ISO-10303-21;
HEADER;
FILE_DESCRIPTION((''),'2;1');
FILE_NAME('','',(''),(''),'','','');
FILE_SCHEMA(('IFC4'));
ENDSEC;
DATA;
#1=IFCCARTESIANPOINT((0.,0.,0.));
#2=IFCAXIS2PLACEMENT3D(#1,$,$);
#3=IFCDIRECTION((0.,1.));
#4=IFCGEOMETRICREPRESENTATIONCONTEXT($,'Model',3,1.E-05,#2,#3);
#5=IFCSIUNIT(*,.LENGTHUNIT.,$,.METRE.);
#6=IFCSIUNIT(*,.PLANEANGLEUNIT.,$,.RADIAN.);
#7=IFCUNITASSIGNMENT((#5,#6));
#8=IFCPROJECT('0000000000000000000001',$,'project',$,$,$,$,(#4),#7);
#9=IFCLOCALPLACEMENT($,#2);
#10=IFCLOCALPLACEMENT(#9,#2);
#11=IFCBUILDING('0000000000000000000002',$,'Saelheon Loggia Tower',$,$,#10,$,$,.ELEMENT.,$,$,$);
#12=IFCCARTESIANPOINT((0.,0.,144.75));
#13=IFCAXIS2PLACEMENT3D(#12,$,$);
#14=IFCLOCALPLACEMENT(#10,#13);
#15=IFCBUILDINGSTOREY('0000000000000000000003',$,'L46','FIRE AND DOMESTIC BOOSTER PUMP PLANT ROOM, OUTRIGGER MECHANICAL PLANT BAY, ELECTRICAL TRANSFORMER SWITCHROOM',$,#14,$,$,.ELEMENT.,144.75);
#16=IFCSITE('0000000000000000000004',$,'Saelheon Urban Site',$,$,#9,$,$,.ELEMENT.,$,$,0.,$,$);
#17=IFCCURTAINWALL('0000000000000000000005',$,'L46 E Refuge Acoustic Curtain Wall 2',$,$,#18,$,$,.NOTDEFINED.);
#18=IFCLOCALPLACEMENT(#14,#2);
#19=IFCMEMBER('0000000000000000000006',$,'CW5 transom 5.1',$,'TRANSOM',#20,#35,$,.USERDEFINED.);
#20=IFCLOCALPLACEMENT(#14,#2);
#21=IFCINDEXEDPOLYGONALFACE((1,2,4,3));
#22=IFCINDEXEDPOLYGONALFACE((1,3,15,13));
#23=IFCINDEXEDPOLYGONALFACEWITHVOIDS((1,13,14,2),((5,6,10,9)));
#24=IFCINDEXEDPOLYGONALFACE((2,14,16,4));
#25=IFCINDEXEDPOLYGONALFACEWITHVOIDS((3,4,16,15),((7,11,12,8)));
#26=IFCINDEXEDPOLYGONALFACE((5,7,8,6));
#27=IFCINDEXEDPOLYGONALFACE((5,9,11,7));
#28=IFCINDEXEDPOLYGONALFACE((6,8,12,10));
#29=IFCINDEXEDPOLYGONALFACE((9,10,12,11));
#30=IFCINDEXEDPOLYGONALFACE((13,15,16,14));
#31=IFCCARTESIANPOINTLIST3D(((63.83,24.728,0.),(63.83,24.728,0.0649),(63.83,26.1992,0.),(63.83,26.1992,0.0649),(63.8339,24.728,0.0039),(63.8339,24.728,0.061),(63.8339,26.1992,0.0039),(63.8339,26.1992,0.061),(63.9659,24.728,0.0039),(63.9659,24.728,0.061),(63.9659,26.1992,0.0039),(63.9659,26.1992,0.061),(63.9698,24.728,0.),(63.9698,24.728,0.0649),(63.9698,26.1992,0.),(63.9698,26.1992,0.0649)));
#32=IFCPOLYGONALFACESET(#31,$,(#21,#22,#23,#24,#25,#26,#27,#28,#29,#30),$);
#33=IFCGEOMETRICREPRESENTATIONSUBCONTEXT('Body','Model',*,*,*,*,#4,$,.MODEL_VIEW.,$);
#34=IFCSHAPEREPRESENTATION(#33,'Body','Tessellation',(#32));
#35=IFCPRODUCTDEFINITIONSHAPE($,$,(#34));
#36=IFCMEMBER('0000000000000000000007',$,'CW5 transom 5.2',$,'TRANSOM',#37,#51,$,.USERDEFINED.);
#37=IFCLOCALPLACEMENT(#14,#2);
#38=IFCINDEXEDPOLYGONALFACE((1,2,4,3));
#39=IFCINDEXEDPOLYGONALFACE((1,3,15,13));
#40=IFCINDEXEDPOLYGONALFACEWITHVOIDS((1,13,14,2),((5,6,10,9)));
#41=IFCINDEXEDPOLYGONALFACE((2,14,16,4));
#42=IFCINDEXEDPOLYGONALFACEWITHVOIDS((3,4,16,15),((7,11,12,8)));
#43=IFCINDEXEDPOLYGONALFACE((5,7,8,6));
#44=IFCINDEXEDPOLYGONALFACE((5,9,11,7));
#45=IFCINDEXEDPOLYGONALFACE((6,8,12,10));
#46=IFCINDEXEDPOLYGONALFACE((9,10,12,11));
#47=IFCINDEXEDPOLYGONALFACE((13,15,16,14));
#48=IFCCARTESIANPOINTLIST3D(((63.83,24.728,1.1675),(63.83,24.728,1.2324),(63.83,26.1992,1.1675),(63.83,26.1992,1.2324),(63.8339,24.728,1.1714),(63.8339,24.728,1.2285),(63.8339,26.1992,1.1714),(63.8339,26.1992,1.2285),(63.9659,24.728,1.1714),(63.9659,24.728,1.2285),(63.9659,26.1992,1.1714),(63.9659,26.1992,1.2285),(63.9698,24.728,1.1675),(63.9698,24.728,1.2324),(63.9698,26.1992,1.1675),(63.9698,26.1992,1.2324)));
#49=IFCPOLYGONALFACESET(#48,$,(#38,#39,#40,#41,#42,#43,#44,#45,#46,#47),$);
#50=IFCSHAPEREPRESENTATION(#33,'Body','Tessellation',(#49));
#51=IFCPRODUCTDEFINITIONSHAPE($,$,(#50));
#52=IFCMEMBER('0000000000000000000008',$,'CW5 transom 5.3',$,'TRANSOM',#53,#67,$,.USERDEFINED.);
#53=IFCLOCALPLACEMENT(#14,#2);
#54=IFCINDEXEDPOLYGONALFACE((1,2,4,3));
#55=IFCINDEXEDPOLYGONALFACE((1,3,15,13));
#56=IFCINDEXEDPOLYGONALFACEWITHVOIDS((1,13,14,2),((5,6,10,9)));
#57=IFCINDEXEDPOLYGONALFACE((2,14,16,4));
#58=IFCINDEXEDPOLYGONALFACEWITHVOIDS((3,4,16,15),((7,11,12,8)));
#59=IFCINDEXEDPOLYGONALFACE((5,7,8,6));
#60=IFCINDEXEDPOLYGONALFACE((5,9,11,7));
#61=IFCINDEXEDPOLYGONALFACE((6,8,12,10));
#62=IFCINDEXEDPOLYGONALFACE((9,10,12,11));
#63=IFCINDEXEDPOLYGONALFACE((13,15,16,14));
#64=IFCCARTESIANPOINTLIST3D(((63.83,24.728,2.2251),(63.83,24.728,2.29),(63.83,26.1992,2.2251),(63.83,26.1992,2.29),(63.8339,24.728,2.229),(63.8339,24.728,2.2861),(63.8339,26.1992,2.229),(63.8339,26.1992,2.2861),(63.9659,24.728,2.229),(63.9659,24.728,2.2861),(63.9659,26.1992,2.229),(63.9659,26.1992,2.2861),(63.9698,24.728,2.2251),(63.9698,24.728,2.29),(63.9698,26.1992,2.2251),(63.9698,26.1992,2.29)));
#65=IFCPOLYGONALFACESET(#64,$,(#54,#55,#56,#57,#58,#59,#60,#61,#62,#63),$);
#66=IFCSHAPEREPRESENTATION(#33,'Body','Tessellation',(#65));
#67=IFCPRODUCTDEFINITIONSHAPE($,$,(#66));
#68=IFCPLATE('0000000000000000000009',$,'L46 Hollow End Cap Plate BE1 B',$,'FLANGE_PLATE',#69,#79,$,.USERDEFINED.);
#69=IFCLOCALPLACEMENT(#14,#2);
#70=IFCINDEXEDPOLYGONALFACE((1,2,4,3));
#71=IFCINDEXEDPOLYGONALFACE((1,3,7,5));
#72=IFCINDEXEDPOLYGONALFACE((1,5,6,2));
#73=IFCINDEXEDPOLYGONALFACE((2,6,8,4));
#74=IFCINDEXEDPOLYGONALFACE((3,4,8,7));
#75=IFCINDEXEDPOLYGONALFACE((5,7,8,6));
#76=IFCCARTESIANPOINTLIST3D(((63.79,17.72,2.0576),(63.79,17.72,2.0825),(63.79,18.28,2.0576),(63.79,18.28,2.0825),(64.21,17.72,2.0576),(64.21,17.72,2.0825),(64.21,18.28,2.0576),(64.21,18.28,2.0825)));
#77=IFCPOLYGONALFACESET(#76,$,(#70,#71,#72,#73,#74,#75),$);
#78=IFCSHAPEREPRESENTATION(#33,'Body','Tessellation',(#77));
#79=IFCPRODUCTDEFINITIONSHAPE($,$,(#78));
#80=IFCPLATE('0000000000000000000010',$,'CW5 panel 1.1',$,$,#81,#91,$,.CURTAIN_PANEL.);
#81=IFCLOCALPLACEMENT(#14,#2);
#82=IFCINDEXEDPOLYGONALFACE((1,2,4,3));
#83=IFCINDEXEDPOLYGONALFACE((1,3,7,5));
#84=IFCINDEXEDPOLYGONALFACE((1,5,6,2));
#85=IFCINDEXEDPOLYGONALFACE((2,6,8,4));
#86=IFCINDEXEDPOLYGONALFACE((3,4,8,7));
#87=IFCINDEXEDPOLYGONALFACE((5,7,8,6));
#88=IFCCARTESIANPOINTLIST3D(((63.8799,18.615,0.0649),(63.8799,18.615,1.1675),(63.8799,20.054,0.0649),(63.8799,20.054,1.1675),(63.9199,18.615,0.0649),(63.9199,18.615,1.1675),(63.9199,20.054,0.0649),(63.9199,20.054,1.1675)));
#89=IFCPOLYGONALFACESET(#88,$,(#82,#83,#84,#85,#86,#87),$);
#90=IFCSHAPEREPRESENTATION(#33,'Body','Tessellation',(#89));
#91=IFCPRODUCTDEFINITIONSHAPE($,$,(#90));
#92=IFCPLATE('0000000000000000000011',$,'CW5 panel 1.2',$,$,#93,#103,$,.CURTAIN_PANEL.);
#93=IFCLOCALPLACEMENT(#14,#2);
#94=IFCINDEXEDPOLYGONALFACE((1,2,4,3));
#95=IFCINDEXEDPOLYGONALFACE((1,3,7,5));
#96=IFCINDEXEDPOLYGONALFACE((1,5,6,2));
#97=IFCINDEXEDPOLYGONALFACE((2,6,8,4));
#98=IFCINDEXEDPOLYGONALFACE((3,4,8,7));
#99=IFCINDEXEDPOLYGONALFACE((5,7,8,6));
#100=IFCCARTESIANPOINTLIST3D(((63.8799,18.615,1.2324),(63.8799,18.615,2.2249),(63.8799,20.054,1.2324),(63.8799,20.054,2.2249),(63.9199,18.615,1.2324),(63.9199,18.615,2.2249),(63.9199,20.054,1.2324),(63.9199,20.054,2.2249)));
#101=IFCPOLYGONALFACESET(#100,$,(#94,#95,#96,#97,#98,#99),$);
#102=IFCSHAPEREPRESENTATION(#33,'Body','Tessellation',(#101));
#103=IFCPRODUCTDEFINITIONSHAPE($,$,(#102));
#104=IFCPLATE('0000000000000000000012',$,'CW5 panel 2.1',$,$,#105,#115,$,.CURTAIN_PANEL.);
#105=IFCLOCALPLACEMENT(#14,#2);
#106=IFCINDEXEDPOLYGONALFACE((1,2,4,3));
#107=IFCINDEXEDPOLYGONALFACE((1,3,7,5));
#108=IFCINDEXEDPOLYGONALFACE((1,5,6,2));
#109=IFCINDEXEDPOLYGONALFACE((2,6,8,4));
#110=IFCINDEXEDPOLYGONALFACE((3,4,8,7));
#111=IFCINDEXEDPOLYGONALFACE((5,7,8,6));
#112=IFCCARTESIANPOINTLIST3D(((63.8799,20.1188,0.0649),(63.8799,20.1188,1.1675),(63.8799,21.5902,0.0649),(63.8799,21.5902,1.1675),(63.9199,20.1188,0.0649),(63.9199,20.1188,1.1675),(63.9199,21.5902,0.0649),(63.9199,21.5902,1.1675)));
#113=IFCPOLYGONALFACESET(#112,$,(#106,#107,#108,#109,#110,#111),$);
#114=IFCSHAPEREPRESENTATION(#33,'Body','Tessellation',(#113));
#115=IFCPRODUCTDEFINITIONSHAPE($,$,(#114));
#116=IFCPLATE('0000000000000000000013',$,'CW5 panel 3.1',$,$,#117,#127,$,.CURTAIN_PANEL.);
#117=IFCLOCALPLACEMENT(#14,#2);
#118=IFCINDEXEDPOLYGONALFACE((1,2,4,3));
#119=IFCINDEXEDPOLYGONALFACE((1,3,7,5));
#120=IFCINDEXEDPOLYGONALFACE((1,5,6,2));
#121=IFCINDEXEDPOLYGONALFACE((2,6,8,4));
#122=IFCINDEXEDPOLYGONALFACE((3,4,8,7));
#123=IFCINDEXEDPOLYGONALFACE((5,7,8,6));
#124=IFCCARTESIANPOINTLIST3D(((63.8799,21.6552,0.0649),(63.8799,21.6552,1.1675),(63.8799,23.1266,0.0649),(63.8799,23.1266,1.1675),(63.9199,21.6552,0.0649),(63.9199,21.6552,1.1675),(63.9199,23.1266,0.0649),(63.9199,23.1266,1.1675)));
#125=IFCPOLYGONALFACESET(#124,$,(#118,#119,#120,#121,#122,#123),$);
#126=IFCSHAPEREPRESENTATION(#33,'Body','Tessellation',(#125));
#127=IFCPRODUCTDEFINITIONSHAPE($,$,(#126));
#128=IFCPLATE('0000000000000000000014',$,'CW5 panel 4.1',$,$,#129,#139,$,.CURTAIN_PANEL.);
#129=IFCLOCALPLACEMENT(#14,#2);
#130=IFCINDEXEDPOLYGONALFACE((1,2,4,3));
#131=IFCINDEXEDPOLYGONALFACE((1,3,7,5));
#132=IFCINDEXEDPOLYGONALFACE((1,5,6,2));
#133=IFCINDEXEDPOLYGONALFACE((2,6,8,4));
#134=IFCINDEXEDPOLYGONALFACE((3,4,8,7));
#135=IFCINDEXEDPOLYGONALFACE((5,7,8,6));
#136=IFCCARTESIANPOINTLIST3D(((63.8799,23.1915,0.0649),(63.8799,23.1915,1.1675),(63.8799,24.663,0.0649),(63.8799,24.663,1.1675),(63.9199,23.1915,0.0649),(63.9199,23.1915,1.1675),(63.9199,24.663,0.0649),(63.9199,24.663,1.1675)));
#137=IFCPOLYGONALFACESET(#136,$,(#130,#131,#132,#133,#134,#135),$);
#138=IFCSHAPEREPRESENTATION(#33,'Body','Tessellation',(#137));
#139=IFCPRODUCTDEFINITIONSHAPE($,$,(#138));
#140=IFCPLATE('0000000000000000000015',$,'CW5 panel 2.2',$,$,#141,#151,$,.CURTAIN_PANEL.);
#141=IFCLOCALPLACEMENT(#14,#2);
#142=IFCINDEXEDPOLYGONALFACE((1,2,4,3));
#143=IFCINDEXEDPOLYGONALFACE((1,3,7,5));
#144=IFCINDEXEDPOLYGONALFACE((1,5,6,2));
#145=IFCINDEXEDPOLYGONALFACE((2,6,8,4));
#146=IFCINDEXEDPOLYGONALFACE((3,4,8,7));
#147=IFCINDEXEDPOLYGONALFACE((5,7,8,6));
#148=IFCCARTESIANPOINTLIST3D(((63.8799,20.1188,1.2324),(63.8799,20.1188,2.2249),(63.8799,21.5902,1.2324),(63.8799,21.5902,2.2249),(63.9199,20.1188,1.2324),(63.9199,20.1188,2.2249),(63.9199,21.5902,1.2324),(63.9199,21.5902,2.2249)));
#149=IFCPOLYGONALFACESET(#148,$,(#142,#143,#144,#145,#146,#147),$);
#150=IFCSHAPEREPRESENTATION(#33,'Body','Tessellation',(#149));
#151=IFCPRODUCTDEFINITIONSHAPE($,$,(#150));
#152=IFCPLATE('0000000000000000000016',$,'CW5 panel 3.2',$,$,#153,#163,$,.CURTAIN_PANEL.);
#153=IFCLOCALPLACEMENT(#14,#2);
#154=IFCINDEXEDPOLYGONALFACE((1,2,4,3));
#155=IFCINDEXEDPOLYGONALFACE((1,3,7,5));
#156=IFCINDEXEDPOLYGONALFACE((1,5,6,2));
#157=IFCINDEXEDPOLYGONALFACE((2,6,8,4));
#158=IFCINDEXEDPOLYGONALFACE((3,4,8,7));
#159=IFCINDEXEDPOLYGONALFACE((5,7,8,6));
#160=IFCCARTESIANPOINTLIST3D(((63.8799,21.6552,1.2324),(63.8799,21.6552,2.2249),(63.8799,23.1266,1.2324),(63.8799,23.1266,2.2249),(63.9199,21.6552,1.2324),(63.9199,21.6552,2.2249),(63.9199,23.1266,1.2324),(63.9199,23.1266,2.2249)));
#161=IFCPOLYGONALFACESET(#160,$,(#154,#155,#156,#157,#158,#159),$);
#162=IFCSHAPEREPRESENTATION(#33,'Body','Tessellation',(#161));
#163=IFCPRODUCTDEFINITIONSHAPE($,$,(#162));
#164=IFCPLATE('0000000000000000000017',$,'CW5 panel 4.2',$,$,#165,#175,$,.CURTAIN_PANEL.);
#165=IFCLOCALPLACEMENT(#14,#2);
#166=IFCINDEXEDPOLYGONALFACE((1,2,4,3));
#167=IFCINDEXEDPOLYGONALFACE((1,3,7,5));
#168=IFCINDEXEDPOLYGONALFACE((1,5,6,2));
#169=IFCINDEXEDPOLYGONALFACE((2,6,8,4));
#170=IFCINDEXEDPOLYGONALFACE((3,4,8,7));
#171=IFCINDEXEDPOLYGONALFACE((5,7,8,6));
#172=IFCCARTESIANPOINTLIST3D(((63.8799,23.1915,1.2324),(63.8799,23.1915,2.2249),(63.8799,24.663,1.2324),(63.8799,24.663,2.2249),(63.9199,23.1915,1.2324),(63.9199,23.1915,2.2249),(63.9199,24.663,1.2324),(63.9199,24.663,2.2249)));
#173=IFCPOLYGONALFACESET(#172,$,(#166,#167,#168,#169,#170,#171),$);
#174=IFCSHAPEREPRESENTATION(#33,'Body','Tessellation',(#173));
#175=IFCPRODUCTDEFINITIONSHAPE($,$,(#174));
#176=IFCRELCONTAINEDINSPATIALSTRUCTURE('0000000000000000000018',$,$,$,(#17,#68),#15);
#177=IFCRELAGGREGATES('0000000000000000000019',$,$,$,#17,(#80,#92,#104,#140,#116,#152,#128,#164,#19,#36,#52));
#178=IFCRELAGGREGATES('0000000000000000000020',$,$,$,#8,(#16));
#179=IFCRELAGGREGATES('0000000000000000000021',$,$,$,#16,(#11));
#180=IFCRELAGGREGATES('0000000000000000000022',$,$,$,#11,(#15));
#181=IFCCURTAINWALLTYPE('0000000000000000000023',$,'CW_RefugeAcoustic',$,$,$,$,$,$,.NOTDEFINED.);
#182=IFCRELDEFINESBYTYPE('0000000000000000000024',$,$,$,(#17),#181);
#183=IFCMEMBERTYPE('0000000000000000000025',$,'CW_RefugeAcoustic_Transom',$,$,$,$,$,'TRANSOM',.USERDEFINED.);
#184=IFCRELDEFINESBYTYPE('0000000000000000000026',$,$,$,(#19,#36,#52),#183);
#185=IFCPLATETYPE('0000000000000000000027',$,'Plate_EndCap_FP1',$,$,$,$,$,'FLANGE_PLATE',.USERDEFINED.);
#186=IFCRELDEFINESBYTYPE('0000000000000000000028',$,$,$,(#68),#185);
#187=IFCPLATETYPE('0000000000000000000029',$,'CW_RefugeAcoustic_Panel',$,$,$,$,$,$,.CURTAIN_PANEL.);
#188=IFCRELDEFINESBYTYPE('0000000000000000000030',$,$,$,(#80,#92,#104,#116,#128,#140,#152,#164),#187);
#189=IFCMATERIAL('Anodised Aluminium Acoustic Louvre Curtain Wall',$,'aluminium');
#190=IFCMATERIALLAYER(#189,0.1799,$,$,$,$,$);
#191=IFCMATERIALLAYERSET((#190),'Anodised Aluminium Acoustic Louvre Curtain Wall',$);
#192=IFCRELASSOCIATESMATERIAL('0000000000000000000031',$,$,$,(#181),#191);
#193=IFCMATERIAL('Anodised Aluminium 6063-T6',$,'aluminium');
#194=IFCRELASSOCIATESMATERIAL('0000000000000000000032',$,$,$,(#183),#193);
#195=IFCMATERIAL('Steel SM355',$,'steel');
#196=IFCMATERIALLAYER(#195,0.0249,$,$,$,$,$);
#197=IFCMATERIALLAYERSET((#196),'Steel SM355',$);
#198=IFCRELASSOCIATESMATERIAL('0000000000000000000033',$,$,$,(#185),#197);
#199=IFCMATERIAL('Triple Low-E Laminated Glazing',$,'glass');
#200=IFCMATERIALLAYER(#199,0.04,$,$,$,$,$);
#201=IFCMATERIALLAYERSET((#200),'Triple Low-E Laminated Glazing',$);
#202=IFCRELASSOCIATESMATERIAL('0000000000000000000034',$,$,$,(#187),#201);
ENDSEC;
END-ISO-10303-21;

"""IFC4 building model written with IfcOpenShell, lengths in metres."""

from ifc_helpers import new_model, si_unit, direction, frame, origin, origin_2d, place, context, subcontext, project, spatial, rectangle, hollow_rectangle, extrude, source, transform, mapped, material, layer, layer_set, material_profile, profile_set, type_object, element, aggregate, save


model = new_model("IFC4")

# Units and contexts
model_context = context("Model", 3, precision=1e-05, world=origin(), true_north=direction((0.0, 1.0)))
body_context = subcontext(model_context, "Body", "Model", "MODEL_VIEW")
ifc_project = project(units=[si_unit("LENGTHUNIT", "METRE"), si_unit("PLANEANGLEUNIT", "RADIAN")], contexts=[model_context])

# Site, building, storey
site_placement = place(None, origin())
site = spatial("IfcSite", under=ifc_project, at=site_placement, Name="Saelheon Urban Site", CompositionType="ELEMENT", RefElevation=0.0)
building_placement = place(site_placement, origin())
building = spatial("IfcBuilding", under=site, at=building_placement, Name="Saelheon Loggia Tower", CompositionType="ELEMENT")
storey_placement = place(building_placement, frame((0.0, 0.0, 144.75)))
storey = spatial("IfcBuildingStorey", under=building, at=storey_placement, Name="L46", Description="FIRE AND DOMESTIC BOOSTER PUMP PLANT ROOM, OUTRIGGER MECHANICAL PLANT BAY, ELECTRICAL TRANSFORMER SWITCHROOM", CompositionType="ELEMENT", Elevation=144.75)

# Curtain wall, members
ifc_material_1 = material(Name="Anodised Aluminium Acoustic Louvre Curtain Wall", Category="aluminium")
ifc_layer_1 = layer(ifc_material_1, 0.1799)
ifc_layer_set_1 = layer_set([ifc_layer_1], Name="Anodised Aluminium Acoustic Louvre Curtain Wall")
curtain_wall_type = type_object("IfcCurtainWallType", Name="CW_RefugeAcoustic", PredefinedType="NOTDEFINED", material=ifc_layer_set_1)
curtain_wall_placement = place(storey_placement, origin())
curtain_wall = element("IfcCurtainWall", 1, at=curtain_wall_placement, inside=storey, type_object=curtain_wall_type, Name="L46 E Refuge Acoustic Curtain Wall 2", PredefinedType="NOTDEFINED")
ifc_material_2 = material(Name="Anodised Aluminium 6063-T6", Category="aluminium")
ifc_material_profile_1 = material_profile(ifc_material_2, hollow_rectangle(XDim=0.0649, YDim=0.1399, WallThickness=0.0039, at=origin_2d()), Name="RHS-140x65x4")
ifc_profile_set_1 = profile_set([ifc_material_profile_1], Name="Anodised Aluminium 6063-T6")
member_type_1 = type_object("IfcMemberType", Name="CW_RefugeAcoustic_Transom", ElementType="TRANSOM", PredefinedType="USERDEFINED", material=ifc_profile_set_1)
shared_shape_1 = source(origin(), body_context, "Body", "SweptSolid", [
    extrude(hollow_rectangle(XDim=0.0649, YDim=0.1399, WallThickness=0.0039, at=origin_2d()), origin(), (0.0, 0.0, 1.0), 1.4712),
])
member_1_placement = place(storey_placement, frame((63.8999, 24.728, 0.0325), z_axis=(0.0, 1.0, 0.0), x_axis=(0.0, 0.0, 1.0)))
member_1 = element("IfcMember", 2, at=member_1_placement, type_object=member_type_1, Name="CW5 transom 5.1", ObjectType="TRANSOM", PredefinedType="USERDEFINED", context=body_context, shape_type="MappedRepresentation", body=[
    mapped(shared_shape_1, transform((0.0, 0.0, 0.0), scale=1.0)),
])
member_2_placement = place(storey_placement, frame((63.8999, 24.728, 1.2), z_axis=(0.0, 1.0, 0.0), x_axis=(0.0, 0.0, 1.0)))
member_2 = element("IfcMember", 3, at=member_2_placement, type_object=member_type_1, Name="CW5 transom 5.2", ObjectType="TRANSOM", PredefinedType="USERDEFINED", context=body_context, shape_type="MappedRepresentation", body=[
    mapped(shared_shape_1, transform((0.0, 0.0, 0.0), scale=1.0)),
])
member_3_placement = place(storey_placement, frame((63.8999, 24.728, 2.2576), z_axis=(0.0, 1.0, 0.0), x_axis=(0.0, 0.0, 1.0)))
member_3 = element("IfcMember", 4, at=member_3_placement, type_object=member_type_1, Name="CW5 transom 5.3", ObjectType="TRANSOM", PredefinedType="USERDEFINED", context=body_context, shape_type="MappedRepresentation", body=[
    mapped(shared_shape_1, transform((0.0, 0.0, 0.0), scale=1.0)),
])

# Plates
ifc_material_3 = material(Name="Steel SM355", Category="steel")
ifc_layer_2 = layer(ifc_material_3, 0.0249)
ifc_layer_set_2 = layer_set([ifc_layer_2], Name="Steel SM355")
plate_type_1 = type_object("IfcPlateType", Name="Plate_EndCap_FP1", ElementType="FLANGE_PLATE", PredefinedType="USERDEFINED", material=ifc_layer_set_2)
shared_shape_2 = source(origin(), body_context, "Body", "SweptSolid", [
    extrude(rectangle(XDim=0.5601, YDim=0.4199, at=origin_2d()), origin(), (0.0, 0.0, 1.0), 0.0249),
])
plate_1_placement = place(storey_placement, frame((64.0, 18.0, 2.0576), z_axis=(0.0, 0.0, 1.0), x_axis=(0.0, 1.0, 0.0)))
element("IfcPlate", 5, at=plate_1_placement, inside=storey, type_object=plate_type_1, Name="L46 Hollow End Cap Plate BE1 B", ObjectType="FLANGE_PLATE", PredefinedType="USERDEFINED", context=body_context, shape_type="MappedRepresentation", body=[
    mapped(shared_shape_2, transform((0.0, 0.0, 0.0), scale=1.0)),
])
ifc_material_4 = material(Name="Triple Low-E Laminated Glazing", Category="glass")
ifc_layer_3 = layer(ifc_material_4, 0.04)
ifc_layer_set_3 = layer_set([ifc_layer_3], Name="Triple Low-E Laminated Glazing")
plate_type_2 = type_object("IfcPlateType", Name="CW_RefugeAcoustic_Panel", PredefinedType="CURTAIN_PANEL", material=ifc_layer_set_3)
shared_shape_3 = source(origin(), body_context, "Body", "SweptSolid", [
    extrude(rectangle(XDim=1.439, YDim=0.04, at=origin_2d()), origin(), (0.0, 0.0, 1.0), 1.1025),
])
plate_2_placement = place(storey_placement, frame((63.8999, 19.3345, 0.0649), z_axis=(0.0, 0.0, 1.0), x_axis=(0.0, 1.0, 0.0)))
plate_2 = element("IfcPlate", 6, at=plate_2_placement, type_object=plate_type_2, Name="CW5 panel 1.1", PredefinedType="CURTAIN_PANEL", context=body_context, shape_type="MappedRepresentation", body=[
    mapped(shared_shape_3, transform((0.0, 0.0, 0.0), scale=1.0)),
])
shared_shape_4 = source(origin(), body_context, "Body", "SweptSolid", [
    extrude(rectangle(XDim=1.439, YDim=0.04, at=origin_2d()), origin(), (0.0, 0.0, 1.0), 0.9924),
])
plate_3_placement = place(storey_placement, frame((63.8999, 19.3345, 1.2324), z_axis=(0.0, 0.0, 1.0), x_axis=(0.0, 1.0, 0.0)))
plate_3 = element("IfcPlate", 7, at=plate_3_placement, type_object=plate_type_2, Name="CW5 panel 1.2", PredefinedType="CURTAIN_PANEL", context=body_context, shape_type="MappedRepresentation", body=[
    mapped(shared_shape_4, transform((0.0, 0.0, 0.0), scale=1.0)),
])
shared_shape_5 = source(origin(), body_context, "Body", "SweptSolid", [
    extrude(rectangle(XDim=1.4714, YDim=0.04, at=origin_2d()), origin(), (0.0, 0.0, 1.0), 1.1025),
])
plate_4_placement = place(storey_placement, frame((63.8999, 20.8545, 0.0649), z_axis=(0.0, 0.0, 1.0), x_axis=(0.0, 1.0, 0.0)))
plate_4 = element("IfcPlate", 8, at=plate_4_placement, type_object=plate_type_2, Name="CW5 panel 2.1", PredefinedType="CURTAIN_PANEL", context=body_context, shape_type="MappedRepresentation", body=[
    mapped(shared_shape_5, transform((0.0, 0.0, 0.0), scale=1.0)),
])
plate_5_placement = place(storey_placement, frame((63.8999, 22.3909, 0.0649), z_axis=(0.0, 0.0, 1.0), x_axis=(0.0, 1.0, 0.0)))
plate_5 = element("IfcPlate", 9, at=plate_5_placement, type_object=plate_type_2, Name="CW5 panel 3.1", PredefinedType="CURTAIN_PANEL", context=body_context, shape_type="MappedRepresentation", body=[
    mapped(shared_shape_5, transform((0.0, 0.0, 0.0), scale=1.0)),
])
plate_6_placement = place(storey_placement, frame((63.8999, 23.9272, 0.0649), z_axis=(0.0, 0.0, 1.0), x_axis=(0.0, 1.0, 0.0)))
plate_6 = element("IfcPlate", 10, at=plate_6_placement, type_object=plate_type_2, Name="CW5 panel 4.1", PredefinedType="CURTAIN_PANEL", context=body_context, shape_type="MappedRepresentation", body=[
    mapped(shared_shape_5, transform((0.0, 0.0, 0.0), scale=1.0)),
])
shared_shape_6 = source(origin(), body_context, "Body", "SweptSolid", [
    extrude(rectangle(XDim=1.4714, YDim=0.04, at=origin_2d()), origin(), (0.0, 0.0, 1.0), 0.9924),
])
plate_7_placement = place(storey_placement, frame((63.8999, 20.8545, 1.2324), z_axis=(0.0, 0.0, 1.0), x_axis=(0.0, 1.0, 0.0)))
plate_7 = element("IfcPlate", 11, at=plate_7_placement, type_object=plate_type_2, Name="CW5 panel 2.2", PredefinedType="CURTAIN_PANEL", context=body_context, shape_type="MappedRepresentation", body=[
    mapped(shared_shape_6, transform((0.0, 0.0, 0.0), scale=1.0)),
])
plate_8_placement = place(storey_placement, frame((63.8999, 22.3909, 1.2324), z_axis=(0.0, 0.0, 1.0), x_axis=(0.0, 1.0, 0.0)))
plate_8 = element("IfcPlate", 12, at=plate_8_placement, type_object=plate_type_2, Name="CW5 panel 3.2", PredefinedType="CURTAIN_PANEL", context=body_context, shape_type="MappedRepresentation", body=[
    mapped(shared_shape_6, transform((0.0, 0.0, 0.0), scale=1.0)),
])
plate_9_placement = place(storey_placement, frame((63.8999, 23.9272, 1.2324), z_axis=(0.0, 0.0, 1.0), x_axis=(0.0, 1.0, 0.0)))
plate_9 = element("IfcPlate", 13, at=plate_9_placement, type_object=plate_type_2, Name="CW5 panel 4.2", PredefinedType="CURTAIN_PANEL", context=body_context, shape_type="MappedRepresentation", body=[
    mapped(shared_shape_6, transform((0.0, 0.0, 0.0), scale=1.0)),
])
aggregate(curtain_wall, [plate_2, plate_3, plate_4, plate_7, plate_5, plate_8, plate_6, plate_9, member_1, member_2, member_3])

save(model, "model.ifc")
